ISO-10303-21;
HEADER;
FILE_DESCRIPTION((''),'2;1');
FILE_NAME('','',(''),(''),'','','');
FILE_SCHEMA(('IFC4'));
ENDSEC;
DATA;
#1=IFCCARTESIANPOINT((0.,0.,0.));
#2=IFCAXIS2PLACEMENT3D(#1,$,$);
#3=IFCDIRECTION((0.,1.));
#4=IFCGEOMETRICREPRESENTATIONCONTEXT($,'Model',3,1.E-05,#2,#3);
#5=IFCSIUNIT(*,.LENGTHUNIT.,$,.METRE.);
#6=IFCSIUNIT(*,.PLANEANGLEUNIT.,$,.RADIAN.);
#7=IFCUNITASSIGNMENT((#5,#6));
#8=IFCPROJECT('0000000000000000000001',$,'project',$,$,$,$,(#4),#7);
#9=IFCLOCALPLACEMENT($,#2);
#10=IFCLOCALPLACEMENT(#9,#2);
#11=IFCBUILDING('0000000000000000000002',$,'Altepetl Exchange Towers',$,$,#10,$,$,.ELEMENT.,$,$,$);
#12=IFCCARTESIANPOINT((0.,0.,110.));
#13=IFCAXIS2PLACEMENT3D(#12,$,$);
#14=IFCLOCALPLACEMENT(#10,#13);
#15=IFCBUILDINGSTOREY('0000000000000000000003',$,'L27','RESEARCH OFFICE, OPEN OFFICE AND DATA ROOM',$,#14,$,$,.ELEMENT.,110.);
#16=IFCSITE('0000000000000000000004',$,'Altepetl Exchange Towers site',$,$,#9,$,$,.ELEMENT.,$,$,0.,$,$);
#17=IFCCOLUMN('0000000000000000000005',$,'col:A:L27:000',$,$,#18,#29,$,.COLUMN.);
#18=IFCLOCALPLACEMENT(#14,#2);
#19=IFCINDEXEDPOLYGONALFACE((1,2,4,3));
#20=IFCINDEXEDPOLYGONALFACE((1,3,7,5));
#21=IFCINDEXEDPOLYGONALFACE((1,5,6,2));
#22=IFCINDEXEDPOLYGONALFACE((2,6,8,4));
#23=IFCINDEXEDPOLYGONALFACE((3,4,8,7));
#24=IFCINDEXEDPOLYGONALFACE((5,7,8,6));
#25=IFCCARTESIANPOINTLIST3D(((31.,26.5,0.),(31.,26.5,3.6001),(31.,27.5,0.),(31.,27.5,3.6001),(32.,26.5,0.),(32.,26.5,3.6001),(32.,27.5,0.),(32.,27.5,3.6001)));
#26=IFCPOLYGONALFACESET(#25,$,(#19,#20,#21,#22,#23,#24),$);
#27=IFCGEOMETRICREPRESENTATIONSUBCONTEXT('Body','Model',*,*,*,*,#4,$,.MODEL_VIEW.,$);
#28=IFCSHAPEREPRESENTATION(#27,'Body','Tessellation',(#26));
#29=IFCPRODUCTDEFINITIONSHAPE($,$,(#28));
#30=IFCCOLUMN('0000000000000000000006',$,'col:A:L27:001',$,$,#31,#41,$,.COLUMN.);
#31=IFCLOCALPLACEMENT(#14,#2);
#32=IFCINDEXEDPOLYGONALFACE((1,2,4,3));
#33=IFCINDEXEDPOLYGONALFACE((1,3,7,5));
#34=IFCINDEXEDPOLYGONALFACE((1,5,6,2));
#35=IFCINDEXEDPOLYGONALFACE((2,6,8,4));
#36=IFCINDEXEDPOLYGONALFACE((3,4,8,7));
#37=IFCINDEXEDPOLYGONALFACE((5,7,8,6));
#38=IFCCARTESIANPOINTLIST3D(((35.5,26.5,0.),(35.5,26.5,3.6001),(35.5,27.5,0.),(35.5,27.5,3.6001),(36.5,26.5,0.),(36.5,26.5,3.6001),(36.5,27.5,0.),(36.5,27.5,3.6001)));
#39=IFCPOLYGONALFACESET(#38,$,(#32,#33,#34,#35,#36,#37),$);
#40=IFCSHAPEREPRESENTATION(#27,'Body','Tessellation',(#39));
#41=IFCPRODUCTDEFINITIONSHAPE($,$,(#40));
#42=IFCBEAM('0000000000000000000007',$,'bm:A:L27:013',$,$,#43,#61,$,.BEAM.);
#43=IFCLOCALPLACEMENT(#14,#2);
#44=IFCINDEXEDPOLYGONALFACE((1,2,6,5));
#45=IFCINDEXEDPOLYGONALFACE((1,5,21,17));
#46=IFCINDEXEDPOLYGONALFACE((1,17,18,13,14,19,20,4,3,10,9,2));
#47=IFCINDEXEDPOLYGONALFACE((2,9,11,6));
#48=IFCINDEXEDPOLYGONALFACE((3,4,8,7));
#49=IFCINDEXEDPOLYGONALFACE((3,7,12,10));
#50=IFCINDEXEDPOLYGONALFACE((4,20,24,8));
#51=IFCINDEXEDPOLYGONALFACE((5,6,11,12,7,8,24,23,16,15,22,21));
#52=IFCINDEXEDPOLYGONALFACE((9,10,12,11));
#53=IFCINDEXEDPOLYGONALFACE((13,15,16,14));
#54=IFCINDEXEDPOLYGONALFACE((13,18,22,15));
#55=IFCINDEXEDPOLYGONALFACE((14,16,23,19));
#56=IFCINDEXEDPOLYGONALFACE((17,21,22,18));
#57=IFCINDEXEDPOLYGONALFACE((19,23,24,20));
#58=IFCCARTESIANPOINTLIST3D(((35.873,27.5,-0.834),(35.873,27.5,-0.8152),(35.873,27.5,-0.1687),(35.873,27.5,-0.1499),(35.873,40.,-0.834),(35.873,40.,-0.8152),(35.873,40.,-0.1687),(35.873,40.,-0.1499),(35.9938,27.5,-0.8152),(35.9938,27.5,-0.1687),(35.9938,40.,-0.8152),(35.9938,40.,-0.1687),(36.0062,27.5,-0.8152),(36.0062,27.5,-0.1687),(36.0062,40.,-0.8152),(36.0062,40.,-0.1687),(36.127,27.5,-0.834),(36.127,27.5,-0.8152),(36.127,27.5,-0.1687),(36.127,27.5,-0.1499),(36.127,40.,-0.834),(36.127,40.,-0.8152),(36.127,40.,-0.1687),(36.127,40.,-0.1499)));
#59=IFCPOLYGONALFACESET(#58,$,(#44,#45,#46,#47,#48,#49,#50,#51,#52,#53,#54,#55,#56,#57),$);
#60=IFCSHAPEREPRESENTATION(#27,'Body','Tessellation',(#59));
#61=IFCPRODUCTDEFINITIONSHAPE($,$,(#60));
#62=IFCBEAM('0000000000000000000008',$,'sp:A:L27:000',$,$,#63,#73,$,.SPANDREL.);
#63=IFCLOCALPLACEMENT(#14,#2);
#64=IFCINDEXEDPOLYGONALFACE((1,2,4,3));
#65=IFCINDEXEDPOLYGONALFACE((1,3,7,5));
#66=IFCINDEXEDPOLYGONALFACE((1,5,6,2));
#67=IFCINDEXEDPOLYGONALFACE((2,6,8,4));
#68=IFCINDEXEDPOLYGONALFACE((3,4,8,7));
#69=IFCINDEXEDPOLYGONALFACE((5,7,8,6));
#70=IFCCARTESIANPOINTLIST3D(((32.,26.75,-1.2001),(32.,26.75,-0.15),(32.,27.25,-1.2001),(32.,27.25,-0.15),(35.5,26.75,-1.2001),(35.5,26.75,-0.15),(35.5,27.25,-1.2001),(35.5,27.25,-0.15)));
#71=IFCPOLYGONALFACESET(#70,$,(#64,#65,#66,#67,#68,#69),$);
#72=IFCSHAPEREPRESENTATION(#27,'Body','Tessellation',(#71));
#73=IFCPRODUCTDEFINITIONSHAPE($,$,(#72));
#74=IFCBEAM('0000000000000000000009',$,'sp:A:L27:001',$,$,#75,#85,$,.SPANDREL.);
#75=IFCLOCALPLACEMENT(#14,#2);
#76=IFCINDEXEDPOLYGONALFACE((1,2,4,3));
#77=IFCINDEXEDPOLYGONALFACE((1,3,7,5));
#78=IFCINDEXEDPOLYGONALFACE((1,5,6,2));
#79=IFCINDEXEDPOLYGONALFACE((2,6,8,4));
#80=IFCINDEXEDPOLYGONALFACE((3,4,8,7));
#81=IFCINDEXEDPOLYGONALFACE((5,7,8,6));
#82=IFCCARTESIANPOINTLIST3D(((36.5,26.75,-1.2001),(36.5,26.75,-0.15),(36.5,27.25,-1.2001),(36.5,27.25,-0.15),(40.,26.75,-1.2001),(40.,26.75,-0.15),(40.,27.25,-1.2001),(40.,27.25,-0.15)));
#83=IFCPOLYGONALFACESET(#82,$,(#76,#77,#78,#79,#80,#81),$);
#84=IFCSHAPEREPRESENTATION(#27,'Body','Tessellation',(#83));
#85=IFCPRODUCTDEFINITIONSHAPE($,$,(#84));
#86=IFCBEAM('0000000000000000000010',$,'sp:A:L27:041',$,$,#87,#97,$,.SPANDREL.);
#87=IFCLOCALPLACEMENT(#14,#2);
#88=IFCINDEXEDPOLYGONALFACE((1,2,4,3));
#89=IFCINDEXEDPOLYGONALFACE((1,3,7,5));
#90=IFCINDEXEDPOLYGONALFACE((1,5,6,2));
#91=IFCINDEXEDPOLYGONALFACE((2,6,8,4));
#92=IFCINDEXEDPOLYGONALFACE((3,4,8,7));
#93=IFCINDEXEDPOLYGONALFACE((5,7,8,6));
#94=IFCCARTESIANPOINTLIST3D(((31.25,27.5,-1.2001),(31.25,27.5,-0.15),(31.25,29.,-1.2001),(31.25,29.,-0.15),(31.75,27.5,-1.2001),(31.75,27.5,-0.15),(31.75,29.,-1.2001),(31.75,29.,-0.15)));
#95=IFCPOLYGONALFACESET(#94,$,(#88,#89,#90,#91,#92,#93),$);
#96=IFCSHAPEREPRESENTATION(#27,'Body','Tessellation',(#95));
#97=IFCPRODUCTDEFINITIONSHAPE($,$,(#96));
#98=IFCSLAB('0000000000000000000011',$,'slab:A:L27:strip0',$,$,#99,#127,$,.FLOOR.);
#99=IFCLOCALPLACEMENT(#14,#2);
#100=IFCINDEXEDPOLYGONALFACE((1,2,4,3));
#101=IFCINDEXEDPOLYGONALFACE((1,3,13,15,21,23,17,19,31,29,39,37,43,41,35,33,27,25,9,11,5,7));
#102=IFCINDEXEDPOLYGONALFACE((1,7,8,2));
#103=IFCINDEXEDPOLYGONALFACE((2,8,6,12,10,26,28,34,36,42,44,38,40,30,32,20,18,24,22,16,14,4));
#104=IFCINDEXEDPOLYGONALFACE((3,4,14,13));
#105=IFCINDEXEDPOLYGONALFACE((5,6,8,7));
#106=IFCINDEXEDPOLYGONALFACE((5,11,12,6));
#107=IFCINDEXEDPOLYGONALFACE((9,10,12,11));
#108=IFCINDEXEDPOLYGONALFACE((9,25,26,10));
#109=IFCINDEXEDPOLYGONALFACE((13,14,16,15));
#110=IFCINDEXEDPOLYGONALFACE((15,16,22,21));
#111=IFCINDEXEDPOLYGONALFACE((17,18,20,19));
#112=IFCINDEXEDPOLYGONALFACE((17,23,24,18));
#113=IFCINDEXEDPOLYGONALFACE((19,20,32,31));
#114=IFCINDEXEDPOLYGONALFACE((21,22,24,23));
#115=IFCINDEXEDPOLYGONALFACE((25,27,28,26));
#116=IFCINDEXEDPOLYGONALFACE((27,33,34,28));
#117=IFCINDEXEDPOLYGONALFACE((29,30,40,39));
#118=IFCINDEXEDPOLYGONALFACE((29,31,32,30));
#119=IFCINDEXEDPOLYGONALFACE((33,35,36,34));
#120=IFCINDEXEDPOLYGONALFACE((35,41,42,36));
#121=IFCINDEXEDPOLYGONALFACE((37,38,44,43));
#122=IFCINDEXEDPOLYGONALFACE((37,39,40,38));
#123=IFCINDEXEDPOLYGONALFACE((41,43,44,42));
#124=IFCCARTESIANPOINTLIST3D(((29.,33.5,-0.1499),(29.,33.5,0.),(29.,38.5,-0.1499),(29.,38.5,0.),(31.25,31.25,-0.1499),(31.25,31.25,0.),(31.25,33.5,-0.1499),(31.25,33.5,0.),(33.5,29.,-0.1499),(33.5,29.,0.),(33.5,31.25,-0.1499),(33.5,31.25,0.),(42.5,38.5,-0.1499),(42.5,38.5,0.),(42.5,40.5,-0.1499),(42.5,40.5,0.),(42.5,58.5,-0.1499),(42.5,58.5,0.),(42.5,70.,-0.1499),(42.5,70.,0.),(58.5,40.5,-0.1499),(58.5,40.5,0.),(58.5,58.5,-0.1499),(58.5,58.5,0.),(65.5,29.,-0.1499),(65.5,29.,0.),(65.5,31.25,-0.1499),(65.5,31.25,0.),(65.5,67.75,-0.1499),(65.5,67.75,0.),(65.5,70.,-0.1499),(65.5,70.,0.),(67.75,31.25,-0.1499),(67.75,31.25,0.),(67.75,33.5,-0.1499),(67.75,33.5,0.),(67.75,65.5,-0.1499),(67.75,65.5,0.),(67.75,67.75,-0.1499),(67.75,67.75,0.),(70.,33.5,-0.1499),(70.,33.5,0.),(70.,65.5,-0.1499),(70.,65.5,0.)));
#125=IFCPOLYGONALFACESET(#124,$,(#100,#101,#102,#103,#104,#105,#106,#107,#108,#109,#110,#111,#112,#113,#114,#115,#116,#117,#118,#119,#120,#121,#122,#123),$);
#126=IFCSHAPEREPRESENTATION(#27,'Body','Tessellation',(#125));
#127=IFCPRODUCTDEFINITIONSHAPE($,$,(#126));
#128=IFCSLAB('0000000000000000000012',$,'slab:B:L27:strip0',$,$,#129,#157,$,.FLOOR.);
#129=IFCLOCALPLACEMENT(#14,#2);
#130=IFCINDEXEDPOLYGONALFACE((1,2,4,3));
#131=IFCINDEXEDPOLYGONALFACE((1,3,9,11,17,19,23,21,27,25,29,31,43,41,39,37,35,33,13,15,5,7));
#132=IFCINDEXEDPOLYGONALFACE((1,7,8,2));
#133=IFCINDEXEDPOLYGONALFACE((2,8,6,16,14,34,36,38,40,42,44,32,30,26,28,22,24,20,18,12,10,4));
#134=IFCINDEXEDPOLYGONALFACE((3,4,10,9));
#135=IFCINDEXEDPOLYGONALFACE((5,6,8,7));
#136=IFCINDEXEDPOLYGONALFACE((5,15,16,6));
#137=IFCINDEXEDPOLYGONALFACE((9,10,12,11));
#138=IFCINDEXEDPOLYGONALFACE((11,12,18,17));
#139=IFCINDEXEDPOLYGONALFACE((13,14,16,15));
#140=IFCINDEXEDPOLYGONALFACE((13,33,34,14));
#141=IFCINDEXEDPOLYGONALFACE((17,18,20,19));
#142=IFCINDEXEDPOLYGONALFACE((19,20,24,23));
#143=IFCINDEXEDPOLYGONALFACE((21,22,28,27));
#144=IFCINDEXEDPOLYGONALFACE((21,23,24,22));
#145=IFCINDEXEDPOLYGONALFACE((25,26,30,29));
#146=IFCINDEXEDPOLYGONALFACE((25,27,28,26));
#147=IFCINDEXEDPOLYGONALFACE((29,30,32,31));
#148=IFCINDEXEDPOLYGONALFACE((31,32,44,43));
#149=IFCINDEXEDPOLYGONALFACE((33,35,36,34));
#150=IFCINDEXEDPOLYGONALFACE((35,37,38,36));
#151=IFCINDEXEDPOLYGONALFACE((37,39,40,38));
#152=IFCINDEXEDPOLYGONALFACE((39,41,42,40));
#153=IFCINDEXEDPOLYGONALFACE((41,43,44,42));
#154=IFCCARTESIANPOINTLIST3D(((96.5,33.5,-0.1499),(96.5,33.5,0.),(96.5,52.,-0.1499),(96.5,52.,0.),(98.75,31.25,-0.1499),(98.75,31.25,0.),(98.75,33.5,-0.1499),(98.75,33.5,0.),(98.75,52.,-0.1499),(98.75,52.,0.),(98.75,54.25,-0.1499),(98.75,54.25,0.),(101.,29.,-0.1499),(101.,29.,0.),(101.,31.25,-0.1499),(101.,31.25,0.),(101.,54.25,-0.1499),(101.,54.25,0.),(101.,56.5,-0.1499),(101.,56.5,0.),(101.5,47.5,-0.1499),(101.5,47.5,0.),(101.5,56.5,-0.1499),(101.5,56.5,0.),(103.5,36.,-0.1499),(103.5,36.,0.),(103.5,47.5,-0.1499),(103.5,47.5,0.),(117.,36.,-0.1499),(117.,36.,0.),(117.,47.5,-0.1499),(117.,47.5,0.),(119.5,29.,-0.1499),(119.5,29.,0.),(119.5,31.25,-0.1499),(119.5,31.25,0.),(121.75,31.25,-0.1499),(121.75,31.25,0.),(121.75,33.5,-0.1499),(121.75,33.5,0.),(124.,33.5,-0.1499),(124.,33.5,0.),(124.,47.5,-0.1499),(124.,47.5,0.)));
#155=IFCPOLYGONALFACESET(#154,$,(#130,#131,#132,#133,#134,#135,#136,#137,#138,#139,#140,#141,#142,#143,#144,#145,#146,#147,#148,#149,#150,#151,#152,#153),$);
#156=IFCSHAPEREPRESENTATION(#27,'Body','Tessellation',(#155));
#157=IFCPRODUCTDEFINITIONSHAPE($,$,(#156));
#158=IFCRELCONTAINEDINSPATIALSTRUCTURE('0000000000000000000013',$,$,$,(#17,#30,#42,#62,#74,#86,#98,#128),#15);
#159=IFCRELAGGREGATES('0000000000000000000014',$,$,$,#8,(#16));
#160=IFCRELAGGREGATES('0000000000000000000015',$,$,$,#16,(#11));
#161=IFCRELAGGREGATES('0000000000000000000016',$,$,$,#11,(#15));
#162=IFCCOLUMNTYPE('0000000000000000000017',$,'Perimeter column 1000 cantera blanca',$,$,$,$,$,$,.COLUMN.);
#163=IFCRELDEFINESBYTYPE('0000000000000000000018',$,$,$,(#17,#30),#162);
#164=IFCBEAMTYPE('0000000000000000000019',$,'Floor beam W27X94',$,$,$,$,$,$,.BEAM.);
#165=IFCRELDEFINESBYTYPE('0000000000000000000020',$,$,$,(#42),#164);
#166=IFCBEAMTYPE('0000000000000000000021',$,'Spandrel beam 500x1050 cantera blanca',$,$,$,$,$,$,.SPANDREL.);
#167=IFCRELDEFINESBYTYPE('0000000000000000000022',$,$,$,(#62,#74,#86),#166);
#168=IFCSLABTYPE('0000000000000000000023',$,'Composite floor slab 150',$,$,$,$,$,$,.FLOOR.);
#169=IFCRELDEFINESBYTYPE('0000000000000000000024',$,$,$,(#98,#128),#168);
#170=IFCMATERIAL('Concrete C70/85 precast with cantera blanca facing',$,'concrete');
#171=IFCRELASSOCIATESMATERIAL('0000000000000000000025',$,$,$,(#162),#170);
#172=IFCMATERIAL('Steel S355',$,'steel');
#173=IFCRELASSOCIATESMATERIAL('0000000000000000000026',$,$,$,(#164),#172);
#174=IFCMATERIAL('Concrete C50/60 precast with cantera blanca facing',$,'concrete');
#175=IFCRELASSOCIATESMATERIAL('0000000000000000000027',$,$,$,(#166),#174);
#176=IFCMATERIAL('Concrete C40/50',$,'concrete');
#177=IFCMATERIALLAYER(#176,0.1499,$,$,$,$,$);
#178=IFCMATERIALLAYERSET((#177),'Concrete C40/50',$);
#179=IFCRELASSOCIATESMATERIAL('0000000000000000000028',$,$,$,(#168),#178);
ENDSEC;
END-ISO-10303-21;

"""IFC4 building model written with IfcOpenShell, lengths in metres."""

from ifc_helpers import new_model, si_unit, direction, frame, origin, origin_2d, place, context, subcontext, project, spatial, polyline, rectangle, i_section, outline, extrude, material, layer, layer_set, material_profile, profile_set, type_object, element, save


model = new_model("IFC4")

# Units and contexts
model_context = context("Model", 3, precision=1e-05, world=origin(), true_north=direction((0.0, 1.0)))
body_context = subcontext(model_context, "Body", "Model", "MODEL_VIEW")
ifc_project = project(units=[si_unit("LENGTHUNIT", "METRE"), si_unit("PLANEANGLEUNIT", "RADIAN")], contexts=[model_context])

# Site, building, storey
site_placement = place(None, origin())
site = spatial("IfcSite", under=ifc_project, at=site_placement, Name="Altepetl Exchange Towers site", CompositionType="ELEMENT", RefElevation=0.0)
building_placement = place(site_placement, origin())
building = spatial("IfcBuilding", under=site, at=building_placement, Name="Altepetl Exchange Towers", CompositionType="ELEMENT")
storey_placement = place(building_placement, frame((0.0, 0.0, 110.0)))
storey = spatial("IfcBuildingStorey", under=building, at=storey_placement, Name="L27", Description="RESEARCH OFFICE, OPEN OFFICE AND DATA ROOM", CompositionType="ELEMENT", Elevation=110.0)

# Columns
ifc_material_1 = material(Name="Concrete C70/85 precast with cantera blanca facing", Category="concrete")
ifc_material_profile_1 = material_profile(ifc_material_1, rectangle(XDim=1.0, YDim=1.0, at=origin_2d()), Name="1000 x 1000")
ifc_profile_set_1 = profile_set([ifc_material_profile_1], Name="Concrete C70/85 precast with cantera blanca facing")
column_type = type_object("IfcColumnType", Name="Perimeter column 1000 cantera blanca", PredefinedType="COLUMN", material=ifc_profile_set_1)
for number, where, name in (
    (1, (31.5, 27.0, 0.0), "col:A:L27:000"),
    (2, (36.0, 27.0, 0.0), "col:A:L27:001"),
):
    element("IfcColumn", number, at=place(storey_placement, frame(where)), inside=storey, type_object=column_type, Name=name, PredefinedType="COLUMN", context=body_context, shape_type="SweptSolid", body=[
        extrude(rectangle(XDim=1.0, YDim=1.0, at=origin_2d()), origin(), (0.0, 0.0, 1.0), 3.6001),
    ])

# Beams
ifc_material_2 = material(Name="Steel S355", Category="steel")
ifc_material_profile_2 = material_profile(ifc_material_2, i_section(OverallWidth=0.2539, OverallDepth=0.6841, WebThickness=0.0125, FlangeThickness=0.0188, at=origin_2d()), Name="W27X94")
ifc_profile_set_2 = profile_set([ifc_material_profile_2], Name="Steel S355")
beam_type_1 = type_object("IfcBeamType", Name="Floor beam W27X94", PredefinedType="BEAM", material=ifc_profile_set_2)
beam_1_placement = place(storey_placement, frame((36.0, 27.5, -0.4919), z_axis=(0.0, 1.0, 0.0), x_axis=(-1.0, 0.0, 0.0)))
element("IfcBeam", 3, at=beam_1_placement, inside=storey, type_object=beam_type_1, Name="bm:A:L27:013", PredefinedType="BEAM", context=body_context, shape_type="SweptSolid", body=[
    extrude(i_section(OverallWidth=0.2539, OverallDepth=0.6841, WebThickness=0.0125, FlangeThickness=0.0188, at=origin_2d()), origin(), (0.0, 0.0, 1.0), 12.5),
])
ifc_material_3 = material(Name="Concrete C50/60 precast with cantera blanca facing", Category="concrete")
ifc_material_profile_3 = material_profile(ifc_material_3, rectangle(XDim=0.5, YDim=1.05, at=origin_2d()), Name="500 x 1050")
ifc_profile_set_3 = profile_set([ifc_material_profile_3], Name="Concrete C50/60 precast with cantera blanca facing")
beam_type_2 = type_object("IfcBeamType", Name="Spandrel beam 500x1050 cantera blanca", PredefinedType="SPANDREL", material=ifc_profile_set_3)
for number, where, z_axis, x_axis, name in (
    (4, (32.0, 27.0, -0.675), (1.0, 0.0, 0.0), (0.0, 1.0, 0.0), "sp:A:L27:000"),
    (5, (36.5, 27.0, -0.675), (1.0, 0.0, 0.0), (0.0, 1.0, 0.0), "sp:A:L27:001"),
):
    element("IfcBeam", number, at=place(storey_placement, frame(where, z_axis=z_axis, x_axis=x_axis)), inside=storey, type_object=beam_type_2, Name=name, PredefinedType="SPANDREL", context=body_context, shape_type="SweptSolid", body=[
        extrude(rectangle(XDim=0.5, YDim=1.05, at=origin_2d()), origin(), (0.0, 0.0, 1.0), 3.5),
    ])
beam_2_placement = place(storey_placement, frame((31.5, 29.0, -0.675), z_axis=(0.0, -1.0, 0.0), x_axis=(1.0, 0.0, 0.0)))
element("IfcBeam", 6, at=beam_2_placement, inside=storey, type_object=beam_type_2, Name="sp:A:L27:041", PredefinedType="SPANDREL", context=body_context, shape_type="SweptSolid", body=[
    extrude(rectangle(XDim=0.5, YDim=1.05, at=origin_2d()), origin(), (0.0, 0.0, 1.0), 1.5),
])

# Slabs
ifc_material_4 = material(Name="Concrete C40/50", Category="concrete")
ifc_layer_1 = layer(ifc_material_4, 0.1499)
ifc_layer_set_1 = layer_set([ifc_layer_1], Name="Concrete C40/50")
slab_type_1 = type_object("IfcSlabType", Name="Composite floor slab 150", PredefinedType="FLOOR", material=ifc_layer_set_1)
slab_1_placement = place(storey_placement, frame((0.0, 0.0, -0.1499)))
element("IfcSlab", 7, at=slab_1_placement, inside=storey, type_object=slab_type_1, Name="slab:A:L27:strip0", PredefinedType="FLOOR", context=body_context, shape_type="SweptSolid", body=[
    extrude(outline(polyline([(42.5, 70.0), (42.5, 58.5), (58.5, 58.5), (58.5, 40.5), (42.5, 40.5), (42.5, 38.5), (29.0, 38.5), (29.0, 33.5), (31.25, 33.5), (31.25, 31.25), (33.5, 31.25), (33.5, 29.0), (65.5, 29.0), (65.5, 31.25), (67.75, 31.25), (67.75, 33.5), (70.0, 33.5), (70.0, 65.5), (67.75, 65.5), (67.75, 67.75), (65.5, 67.75), (65.5, 70.0), (42.5, 70.0)])), origin(), (0.0, 0.0, 1.0), 0.1499),
])
slab_2_placement = place(storey_placement, frame((0.0, 0.0, -0.1499)))
element("IfcSlab", 8, at=slab_2_placement, inside=storey, type_object=slab_type_1, Name="slab:B:L27:strip0", PredefinedType="FLOOR", context=body_context, shape_type="SweptSolid", body=[
    extrude(outline(polyline([(98.75, 54.25), (98.75, 52.0), (96.5, 52.0), (96.5, 33.5), (98.75, 33.5), (98.75, 31.25), (101.0, 31.25), (101.0, 29.0), (119.5, 29.0), (119.5, 31.25), (121.75, 31.25), (121.75, 33.5), (124.0, 33.5), (124.0, 47.5), (117.0, 47.5), (117.0, 36.0), (103.5, 36.0), (103.5, 47.5), (101.5, 47.5), (101.5, 56.5), (101.0, 56.5), (101.0, 54.25), (98.75, 54.25)])), origin(), (0.0, 0.0, 1.0), 0.1499),
])

save(model, "model.ifc")
